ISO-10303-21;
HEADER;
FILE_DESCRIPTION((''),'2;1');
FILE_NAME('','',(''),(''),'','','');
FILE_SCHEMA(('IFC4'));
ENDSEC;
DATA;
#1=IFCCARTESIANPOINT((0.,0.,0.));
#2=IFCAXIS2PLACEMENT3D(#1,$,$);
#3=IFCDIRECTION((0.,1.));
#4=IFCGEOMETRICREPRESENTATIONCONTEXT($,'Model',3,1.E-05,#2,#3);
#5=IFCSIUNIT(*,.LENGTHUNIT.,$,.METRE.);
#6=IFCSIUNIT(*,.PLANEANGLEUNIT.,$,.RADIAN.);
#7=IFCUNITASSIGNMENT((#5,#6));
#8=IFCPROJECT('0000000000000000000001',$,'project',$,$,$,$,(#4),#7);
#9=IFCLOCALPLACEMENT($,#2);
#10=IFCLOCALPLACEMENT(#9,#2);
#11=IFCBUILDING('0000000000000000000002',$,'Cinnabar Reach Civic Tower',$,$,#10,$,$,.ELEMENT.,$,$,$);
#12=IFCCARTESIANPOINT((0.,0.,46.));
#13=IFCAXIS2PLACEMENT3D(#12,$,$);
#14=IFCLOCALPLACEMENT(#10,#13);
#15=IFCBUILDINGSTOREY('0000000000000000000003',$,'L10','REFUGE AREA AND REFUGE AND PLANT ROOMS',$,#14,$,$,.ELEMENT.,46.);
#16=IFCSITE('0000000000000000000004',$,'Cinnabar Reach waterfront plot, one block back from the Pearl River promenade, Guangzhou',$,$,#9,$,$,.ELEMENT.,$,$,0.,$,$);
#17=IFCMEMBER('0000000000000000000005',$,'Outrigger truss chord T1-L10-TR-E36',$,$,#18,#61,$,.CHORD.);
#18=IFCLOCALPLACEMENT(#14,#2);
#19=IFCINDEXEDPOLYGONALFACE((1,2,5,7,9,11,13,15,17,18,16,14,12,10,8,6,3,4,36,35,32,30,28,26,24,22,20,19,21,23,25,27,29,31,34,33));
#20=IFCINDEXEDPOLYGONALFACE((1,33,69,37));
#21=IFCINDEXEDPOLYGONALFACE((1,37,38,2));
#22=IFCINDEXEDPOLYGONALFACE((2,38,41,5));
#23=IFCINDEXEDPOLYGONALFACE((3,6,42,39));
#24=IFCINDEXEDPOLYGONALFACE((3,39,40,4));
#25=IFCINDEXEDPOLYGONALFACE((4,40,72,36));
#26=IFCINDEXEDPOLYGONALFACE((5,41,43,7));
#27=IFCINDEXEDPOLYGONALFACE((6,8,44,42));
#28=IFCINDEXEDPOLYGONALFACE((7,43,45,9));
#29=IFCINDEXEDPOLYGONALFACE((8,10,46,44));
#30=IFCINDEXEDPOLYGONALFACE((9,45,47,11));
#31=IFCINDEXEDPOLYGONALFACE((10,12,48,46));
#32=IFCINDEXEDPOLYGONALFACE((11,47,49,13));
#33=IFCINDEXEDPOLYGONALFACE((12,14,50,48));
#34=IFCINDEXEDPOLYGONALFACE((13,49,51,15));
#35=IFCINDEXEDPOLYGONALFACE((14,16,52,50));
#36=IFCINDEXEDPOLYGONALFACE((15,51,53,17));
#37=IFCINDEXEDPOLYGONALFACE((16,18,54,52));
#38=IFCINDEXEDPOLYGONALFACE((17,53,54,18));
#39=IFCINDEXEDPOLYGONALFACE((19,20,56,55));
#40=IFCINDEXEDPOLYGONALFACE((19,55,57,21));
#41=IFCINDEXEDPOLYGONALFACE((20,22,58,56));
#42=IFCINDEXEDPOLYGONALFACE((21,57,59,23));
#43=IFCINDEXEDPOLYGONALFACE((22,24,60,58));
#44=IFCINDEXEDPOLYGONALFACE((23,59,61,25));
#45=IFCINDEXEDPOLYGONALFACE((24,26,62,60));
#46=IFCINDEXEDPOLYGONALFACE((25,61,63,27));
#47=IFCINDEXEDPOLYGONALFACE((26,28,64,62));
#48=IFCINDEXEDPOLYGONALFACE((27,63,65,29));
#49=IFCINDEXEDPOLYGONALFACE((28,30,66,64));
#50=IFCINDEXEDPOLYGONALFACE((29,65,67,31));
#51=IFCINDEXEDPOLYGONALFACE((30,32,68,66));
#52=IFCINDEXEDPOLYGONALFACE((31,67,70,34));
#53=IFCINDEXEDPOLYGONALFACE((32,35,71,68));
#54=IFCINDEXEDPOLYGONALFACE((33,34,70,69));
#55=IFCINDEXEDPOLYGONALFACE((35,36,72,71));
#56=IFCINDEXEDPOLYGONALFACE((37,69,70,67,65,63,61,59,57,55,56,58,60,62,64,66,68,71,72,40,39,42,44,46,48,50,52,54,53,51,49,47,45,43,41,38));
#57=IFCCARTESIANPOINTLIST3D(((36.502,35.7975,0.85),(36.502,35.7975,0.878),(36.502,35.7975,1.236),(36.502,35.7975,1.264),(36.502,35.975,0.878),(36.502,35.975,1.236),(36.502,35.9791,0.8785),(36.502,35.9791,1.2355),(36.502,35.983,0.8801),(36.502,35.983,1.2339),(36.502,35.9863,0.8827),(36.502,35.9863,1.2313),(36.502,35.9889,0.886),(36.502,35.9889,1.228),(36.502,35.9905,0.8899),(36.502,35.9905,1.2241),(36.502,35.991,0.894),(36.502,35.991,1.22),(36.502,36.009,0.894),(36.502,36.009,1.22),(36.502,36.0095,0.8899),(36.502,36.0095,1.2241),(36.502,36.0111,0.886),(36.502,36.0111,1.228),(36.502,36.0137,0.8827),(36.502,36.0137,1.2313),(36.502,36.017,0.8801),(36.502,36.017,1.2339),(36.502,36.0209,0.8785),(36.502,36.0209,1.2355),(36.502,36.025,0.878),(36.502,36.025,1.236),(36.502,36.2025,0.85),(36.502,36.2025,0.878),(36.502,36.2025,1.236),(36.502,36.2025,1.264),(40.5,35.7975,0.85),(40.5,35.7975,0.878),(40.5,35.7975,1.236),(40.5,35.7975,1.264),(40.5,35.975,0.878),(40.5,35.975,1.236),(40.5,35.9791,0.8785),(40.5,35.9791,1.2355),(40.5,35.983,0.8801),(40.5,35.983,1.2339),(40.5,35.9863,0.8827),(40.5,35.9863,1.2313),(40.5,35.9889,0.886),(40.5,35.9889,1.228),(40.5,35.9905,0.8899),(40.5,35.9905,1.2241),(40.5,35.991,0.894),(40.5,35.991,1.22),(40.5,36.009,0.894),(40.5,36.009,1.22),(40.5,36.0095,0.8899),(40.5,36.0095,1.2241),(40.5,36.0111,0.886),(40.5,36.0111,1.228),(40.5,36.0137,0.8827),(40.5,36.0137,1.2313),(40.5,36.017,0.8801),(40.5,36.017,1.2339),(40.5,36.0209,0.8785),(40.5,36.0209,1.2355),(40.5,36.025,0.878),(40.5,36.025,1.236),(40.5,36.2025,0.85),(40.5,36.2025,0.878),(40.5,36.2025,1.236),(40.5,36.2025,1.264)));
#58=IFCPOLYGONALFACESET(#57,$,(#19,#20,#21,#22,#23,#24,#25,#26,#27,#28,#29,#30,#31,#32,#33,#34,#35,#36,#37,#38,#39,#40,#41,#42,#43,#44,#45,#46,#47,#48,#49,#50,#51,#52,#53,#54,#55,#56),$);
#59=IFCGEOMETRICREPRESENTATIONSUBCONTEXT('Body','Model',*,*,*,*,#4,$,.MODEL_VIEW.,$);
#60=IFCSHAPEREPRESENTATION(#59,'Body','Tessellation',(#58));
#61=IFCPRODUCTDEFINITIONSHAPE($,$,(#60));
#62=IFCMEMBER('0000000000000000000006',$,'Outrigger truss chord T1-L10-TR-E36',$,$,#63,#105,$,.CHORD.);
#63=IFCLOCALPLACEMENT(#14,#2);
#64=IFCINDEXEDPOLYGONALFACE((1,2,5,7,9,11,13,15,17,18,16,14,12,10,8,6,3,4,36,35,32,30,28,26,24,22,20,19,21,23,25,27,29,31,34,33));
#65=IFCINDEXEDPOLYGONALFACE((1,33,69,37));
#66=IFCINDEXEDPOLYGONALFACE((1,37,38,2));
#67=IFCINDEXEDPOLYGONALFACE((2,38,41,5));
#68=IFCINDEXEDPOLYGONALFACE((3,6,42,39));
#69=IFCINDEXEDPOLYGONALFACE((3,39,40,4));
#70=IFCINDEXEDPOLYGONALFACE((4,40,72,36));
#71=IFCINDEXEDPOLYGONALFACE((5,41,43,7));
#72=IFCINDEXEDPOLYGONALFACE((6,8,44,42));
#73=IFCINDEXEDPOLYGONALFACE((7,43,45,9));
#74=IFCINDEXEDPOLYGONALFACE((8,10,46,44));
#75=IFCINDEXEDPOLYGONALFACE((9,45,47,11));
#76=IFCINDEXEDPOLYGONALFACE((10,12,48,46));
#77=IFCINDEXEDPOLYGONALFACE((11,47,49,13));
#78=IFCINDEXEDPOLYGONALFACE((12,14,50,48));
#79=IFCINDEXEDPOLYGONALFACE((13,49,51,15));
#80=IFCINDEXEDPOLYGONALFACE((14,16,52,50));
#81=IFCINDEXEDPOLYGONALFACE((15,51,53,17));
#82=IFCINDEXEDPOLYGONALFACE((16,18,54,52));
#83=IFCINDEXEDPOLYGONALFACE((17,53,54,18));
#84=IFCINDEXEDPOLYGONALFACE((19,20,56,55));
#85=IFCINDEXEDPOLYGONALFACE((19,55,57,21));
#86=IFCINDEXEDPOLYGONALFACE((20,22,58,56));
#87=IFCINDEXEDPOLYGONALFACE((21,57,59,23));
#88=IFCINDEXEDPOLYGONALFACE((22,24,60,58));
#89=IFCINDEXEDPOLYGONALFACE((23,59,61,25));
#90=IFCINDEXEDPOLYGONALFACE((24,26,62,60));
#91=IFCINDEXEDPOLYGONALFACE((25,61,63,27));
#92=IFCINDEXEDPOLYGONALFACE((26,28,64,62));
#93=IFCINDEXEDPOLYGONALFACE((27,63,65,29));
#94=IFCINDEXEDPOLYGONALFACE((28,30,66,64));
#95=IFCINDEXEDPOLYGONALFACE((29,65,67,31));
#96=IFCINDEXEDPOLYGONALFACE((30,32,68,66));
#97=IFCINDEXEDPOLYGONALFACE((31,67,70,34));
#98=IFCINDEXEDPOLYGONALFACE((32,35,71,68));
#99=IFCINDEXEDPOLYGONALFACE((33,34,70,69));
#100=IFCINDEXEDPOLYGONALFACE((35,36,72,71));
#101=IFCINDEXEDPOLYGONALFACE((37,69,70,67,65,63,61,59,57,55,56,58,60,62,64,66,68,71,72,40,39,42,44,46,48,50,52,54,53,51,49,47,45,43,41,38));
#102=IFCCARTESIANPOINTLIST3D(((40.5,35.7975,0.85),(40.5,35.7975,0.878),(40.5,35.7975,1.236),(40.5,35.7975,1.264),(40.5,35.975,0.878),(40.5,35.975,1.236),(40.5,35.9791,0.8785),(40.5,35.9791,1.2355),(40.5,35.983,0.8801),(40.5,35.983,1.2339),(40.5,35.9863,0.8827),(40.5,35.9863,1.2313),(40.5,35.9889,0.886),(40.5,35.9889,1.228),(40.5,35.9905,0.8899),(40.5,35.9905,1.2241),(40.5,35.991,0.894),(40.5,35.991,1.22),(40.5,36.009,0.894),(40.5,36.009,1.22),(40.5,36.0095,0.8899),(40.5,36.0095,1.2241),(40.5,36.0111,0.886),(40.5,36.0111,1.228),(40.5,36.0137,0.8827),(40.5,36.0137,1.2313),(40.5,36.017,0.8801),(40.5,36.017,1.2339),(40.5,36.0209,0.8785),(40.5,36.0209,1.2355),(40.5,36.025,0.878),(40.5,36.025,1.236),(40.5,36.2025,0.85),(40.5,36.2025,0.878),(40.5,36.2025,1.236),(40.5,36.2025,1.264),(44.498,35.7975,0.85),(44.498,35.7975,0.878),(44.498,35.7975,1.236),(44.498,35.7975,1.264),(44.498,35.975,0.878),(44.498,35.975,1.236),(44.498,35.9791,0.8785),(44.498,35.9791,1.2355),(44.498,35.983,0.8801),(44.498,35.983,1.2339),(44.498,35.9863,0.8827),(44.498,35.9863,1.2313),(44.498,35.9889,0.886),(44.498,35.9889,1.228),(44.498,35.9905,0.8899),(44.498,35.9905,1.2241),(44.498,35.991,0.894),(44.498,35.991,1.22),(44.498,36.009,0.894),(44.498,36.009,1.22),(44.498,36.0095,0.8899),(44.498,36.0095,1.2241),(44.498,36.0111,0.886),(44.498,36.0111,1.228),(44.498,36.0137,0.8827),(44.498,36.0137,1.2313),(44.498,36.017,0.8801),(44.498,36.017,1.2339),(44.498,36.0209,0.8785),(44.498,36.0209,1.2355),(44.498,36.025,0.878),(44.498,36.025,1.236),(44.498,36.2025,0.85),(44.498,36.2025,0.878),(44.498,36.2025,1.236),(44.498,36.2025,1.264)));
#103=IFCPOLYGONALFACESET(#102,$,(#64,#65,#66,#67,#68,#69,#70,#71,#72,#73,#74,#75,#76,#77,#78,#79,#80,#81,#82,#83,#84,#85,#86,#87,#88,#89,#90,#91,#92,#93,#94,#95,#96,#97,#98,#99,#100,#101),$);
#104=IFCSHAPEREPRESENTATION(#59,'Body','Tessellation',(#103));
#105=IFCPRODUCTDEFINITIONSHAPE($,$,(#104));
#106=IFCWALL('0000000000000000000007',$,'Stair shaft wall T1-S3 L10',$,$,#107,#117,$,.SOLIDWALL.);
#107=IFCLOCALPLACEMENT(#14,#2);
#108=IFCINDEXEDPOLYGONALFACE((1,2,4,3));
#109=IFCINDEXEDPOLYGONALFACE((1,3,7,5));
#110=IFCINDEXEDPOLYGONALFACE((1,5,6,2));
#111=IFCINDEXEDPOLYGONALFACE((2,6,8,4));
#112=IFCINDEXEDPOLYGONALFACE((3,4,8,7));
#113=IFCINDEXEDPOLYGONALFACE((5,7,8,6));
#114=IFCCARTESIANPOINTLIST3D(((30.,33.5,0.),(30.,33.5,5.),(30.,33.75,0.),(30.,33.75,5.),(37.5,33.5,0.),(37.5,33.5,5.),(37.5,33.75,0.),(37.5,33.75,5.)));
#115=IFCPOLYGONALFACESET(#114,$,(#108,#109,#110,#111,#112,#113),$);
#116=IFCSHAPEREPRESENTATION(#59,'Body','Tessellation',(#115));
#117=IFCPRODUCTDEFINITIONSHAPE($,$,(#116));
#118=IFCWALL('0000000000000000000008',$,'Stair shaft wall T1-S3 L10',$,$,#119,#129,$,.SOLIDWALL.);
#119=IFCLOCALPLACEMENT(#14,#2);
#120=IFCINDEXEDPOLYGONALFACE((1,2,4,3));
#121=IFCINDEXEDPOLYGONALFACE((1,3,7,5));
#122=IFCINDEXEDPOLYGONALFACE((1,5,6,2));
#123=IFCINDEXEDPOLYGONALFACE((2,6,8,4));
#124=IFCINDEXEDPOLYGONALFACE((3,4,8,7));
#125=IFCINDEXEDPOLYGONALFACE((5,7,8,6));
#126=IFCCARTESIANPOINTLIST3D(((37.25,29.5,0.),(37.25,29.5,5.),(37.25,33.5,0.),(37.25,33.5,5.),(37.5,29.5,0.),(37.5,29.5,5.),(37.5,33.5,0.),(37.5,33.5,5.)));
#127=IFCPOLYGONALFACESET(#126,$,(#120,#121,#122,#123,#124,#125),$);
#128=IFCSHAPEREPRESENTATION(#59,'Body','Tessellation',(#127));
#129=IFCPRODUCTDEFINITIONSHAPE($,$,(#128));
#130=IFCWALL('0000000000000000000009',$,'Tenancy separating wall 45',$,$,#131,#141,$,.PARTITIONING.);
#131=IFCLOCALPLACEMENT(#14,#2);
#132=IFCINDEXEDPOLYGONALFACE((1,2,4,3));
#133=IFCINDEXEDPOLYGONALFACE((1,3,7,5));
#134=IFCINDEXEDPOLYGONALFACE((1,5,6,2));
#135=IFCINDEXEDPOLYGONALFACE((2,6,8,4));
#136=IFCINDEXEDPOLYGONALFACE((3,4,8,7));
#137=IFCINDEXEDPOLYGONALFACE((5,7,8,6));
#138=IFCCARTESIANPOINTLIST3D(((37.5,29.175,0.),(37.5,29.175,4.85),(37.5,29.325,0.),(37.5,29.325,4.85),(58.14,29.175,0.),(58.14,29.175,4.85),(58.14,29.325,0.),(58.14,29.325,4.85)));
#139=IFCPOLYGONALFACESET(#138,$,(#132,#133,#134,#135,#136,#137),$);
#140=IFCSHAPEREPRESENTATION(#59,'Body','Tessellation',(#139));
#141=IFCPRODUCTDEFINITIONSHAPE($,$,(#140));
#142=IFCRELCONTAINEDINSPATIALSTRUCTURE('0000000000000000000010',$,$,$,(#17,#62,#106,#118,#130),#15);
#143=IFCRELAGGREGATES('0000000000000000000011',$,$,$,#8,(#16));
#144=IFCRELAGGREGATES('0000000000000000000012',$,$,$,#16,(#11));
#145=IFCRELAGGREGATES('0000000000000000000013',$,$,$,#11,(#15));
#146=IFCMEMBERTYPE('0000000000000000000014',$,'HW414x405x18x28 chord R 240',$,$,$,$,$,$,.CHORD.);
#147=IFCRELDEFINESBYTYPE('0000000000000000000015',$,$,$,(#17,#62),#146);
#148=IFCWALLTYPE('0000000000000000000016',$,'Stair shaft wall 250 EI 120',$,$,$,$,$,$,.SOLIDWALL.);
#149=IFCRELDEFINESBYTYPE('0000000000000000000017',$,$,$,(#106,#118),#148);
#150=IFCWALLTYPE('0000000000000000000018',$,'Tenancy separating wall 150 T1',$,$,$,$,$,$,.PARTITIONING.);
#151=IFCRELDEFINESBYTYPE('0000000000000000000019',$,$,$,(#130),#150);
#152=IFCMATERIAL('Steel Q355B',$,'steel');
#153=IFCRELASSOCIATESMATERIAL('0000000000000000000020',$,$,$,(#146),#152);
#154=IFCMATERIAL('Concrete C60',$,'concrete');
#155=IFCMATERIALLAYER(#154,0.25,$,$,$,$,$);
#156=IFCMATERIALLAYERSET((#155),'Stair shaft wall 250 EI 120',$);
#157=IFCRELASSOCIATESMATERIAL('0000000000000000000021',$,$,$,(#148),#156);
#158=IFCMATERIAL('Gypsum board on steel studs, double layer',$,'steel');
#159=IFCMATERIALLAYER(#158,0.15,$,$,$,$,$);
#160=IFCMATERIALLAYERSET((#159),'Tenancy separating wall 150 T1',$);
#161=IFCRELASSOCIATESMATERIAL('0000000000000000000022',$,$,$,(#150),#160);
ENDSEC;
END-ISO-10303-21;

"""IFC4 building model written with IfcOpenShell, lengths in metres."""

from ifc_helpers import new_model, si_unit, direction, frame, frame_2d, origin, origin_2d, place, context, subcontext, project, spatial, rectangle, i_section, extrude, material, layer, layer_set, material_profile, profile_set, type_object, element, save


model = new_model("IFC4")

# Units and contexts
model_context = context("Model", 3, precision=1e-05, world=origin(), true_north=direction((0.0, 1.0)))
body_context = subcontext(model_context, "Body", "Model", "MODEL_VIEW")
ifc_project = project(units=[si_unit("LENGTHUNIT", "METRE"), si_unit("PLANEANGLEUNIT", "RADIAN")], contexts=[model_context])

# Site, building, storey
site_placement = place(None, origin())
site = spatial("IfcSite", under=ifc_project, at=site_placement, Name="Cinnabar Reach waterfront plot, one block back from the Pearl River promenade, Guangzhou", CompositionType="ELEMENT", RefElevation=0.0)
building_placement = place(site_placement, origin())
building = spatial("IfcBuilding", under=site, at=building_placement, Name="Cinnabar Reach Civic Tower", CompositionType="ELEMENT")
storey_placement = place(building_placement, frame((0.0, 0.0, 46.0)))
storey = spatial("IfcBuildingStorey", under=building, at=storey_placement, Name="L10", Description="REFUGE AREA AND REFUGE AND PLANT ROOMS", CompositionType="ELEMENT", Elevation=46.0)

# Shared definitions
ifc_material_1 = material(Name="Steel Q355B", Category="steel")

# Members
ifc_material_profile_1 = material_profile(ifc_material_1, i_section(OverallWidth=0.405, OverallDepth=0.414, WebThickness=0.018, FlangeThickness=0.028, FilletRadius=0.016, at=origin_2d()), Name="HW414x405x18x28")
ifc_profile_set_1 = profile_set([ifc_material_profile_1], Name="Steel Q355B")
member_type_1 = type_object("IfcMemberType", Name="HW414x405x18x28 chord R 240", PredefinedType="CHORD", material=ifc_profile_set_1)
for number, where, z_axis, x_axis, name in (
    (1, (36.502, 36.0, 1.057), (1.0, 0.0, 0.0), (0.0, 1.0, 0.0), "Outrigger truss chord T1-L10-TR-E36"),
    (2, (40.5, 36.0, 1.057), (1.0, 0.0, 0.0), (0.0, 1.0, 0.0), "Outrigger truss chord T1-L10-TR-E36"),
):
    element("IfcMember", number, at=place(storey_placement, frame(where, z_axis=z_axis, x_axis=x_axis)), inside=storey, type_object=member_type_1, Name=name, PredefinedType="CHORD", context=body_context, shape_type="SweptSolid", body=[
        extrude(i_section(OverallWidth=0.405, OverallDepth=0.414, WebThickness=0.018, FlangeThickness=0.028, FilletRadius=0.016, at=origin_2d()), origin(), (0.0, 0.0, 1.0), 3.998),
    ])

# Walls
ifc_material_2 = material(Name="Concrete C60", Category="concrete")
ifc_layer_1 = layer(ifc_material_2, 0.25)
ifc_layer_set_1 = layer_set([ifc_layer_1], Name="Stair shaft wall 250 EI 120")
wall_type_1 = type_object("IfcWallType", Name="Stair shaft wall 250 EI 120", PredefinedType="SOLIDWALL", material=ifc_layer_set_1)
wall_1_placement = place(storey_placement, frame((37.5, 33.625, 0.0), z_axis=(0.0, 0.0, 1.0), x_axis=(-1.0, 0.0, 0.0)))
element("IfcWall", 3, at=wall_1_placement, inside=storey, type_object=wall_type_1, Name="Stair shaft wall T1-S3 L10", PredefinedType="SOLIDWALL", context=body_context, shape_type="SweptSolid", body=[
    extrude(rectangle(XDim=7.5, YDim=0.25, at=frame_2d((3.75, 0.0))), origin(), (0.0, 0.0, 1.0), 5.0),
])
wall_2_placement = place(storey_placement, frame((37.375, 29.5, 0.0), z_axis=(0.0, 0.0, 1.0), x_axis=(0.0, 1.0, 0.0)))
element("IfcWall", 4, at=wall_2_placement, inside=storey, type_object=wall_type_1, Name="Stair shaft wall T1-S3 L10", PredefinedType="SOLIDWALL", context=body_context, shape_type="SweptSolid", body=[
    extrude(rectangle(XDim=4.0, YDim=0.25, at=frame_2d((2.0, 0.0))), origin(), (0.0, 0.0, 1.0), 5.0),
])
ifc_material_3 = material(Name="Gypsum board on steel studs, double layer", Category="steel")
ifc_layer_2 = layer(ifc_material_3, 0.15)
ifc_layer_set_2 = layer_set([ifc_layer_2], Name="Tenancy separating wall 150 T1")
wall_type_2 = type_object("IfcWallType", Name="Tenancy separating wall 150 T1", PredefinedType="PARTITIONING", material=ifc_layer_set_2)
wall_3_placement = place(storey_placement, frame((37.5, 29.25, 0.0), z_axis=(0.0, 0.0, 1.0), x_axis=(1.0, 0.0, 0.0)))
element("IfcWall", 5, at=wall_3_placement, inside=storey, type_object=wall_type_2, Name="Tenancy separating wall 45", PredefinedType="PARTITIONING", context=body_context, shape_type="SweptSolid", body=[
    extrude(rectangle(XDim=20.64, YDim=0.15, at=frame_2d((10.32, 0.0))), origin(), (0.0, 0.0, 1.0), 4.85),
])

save(model, "model.ifc")
